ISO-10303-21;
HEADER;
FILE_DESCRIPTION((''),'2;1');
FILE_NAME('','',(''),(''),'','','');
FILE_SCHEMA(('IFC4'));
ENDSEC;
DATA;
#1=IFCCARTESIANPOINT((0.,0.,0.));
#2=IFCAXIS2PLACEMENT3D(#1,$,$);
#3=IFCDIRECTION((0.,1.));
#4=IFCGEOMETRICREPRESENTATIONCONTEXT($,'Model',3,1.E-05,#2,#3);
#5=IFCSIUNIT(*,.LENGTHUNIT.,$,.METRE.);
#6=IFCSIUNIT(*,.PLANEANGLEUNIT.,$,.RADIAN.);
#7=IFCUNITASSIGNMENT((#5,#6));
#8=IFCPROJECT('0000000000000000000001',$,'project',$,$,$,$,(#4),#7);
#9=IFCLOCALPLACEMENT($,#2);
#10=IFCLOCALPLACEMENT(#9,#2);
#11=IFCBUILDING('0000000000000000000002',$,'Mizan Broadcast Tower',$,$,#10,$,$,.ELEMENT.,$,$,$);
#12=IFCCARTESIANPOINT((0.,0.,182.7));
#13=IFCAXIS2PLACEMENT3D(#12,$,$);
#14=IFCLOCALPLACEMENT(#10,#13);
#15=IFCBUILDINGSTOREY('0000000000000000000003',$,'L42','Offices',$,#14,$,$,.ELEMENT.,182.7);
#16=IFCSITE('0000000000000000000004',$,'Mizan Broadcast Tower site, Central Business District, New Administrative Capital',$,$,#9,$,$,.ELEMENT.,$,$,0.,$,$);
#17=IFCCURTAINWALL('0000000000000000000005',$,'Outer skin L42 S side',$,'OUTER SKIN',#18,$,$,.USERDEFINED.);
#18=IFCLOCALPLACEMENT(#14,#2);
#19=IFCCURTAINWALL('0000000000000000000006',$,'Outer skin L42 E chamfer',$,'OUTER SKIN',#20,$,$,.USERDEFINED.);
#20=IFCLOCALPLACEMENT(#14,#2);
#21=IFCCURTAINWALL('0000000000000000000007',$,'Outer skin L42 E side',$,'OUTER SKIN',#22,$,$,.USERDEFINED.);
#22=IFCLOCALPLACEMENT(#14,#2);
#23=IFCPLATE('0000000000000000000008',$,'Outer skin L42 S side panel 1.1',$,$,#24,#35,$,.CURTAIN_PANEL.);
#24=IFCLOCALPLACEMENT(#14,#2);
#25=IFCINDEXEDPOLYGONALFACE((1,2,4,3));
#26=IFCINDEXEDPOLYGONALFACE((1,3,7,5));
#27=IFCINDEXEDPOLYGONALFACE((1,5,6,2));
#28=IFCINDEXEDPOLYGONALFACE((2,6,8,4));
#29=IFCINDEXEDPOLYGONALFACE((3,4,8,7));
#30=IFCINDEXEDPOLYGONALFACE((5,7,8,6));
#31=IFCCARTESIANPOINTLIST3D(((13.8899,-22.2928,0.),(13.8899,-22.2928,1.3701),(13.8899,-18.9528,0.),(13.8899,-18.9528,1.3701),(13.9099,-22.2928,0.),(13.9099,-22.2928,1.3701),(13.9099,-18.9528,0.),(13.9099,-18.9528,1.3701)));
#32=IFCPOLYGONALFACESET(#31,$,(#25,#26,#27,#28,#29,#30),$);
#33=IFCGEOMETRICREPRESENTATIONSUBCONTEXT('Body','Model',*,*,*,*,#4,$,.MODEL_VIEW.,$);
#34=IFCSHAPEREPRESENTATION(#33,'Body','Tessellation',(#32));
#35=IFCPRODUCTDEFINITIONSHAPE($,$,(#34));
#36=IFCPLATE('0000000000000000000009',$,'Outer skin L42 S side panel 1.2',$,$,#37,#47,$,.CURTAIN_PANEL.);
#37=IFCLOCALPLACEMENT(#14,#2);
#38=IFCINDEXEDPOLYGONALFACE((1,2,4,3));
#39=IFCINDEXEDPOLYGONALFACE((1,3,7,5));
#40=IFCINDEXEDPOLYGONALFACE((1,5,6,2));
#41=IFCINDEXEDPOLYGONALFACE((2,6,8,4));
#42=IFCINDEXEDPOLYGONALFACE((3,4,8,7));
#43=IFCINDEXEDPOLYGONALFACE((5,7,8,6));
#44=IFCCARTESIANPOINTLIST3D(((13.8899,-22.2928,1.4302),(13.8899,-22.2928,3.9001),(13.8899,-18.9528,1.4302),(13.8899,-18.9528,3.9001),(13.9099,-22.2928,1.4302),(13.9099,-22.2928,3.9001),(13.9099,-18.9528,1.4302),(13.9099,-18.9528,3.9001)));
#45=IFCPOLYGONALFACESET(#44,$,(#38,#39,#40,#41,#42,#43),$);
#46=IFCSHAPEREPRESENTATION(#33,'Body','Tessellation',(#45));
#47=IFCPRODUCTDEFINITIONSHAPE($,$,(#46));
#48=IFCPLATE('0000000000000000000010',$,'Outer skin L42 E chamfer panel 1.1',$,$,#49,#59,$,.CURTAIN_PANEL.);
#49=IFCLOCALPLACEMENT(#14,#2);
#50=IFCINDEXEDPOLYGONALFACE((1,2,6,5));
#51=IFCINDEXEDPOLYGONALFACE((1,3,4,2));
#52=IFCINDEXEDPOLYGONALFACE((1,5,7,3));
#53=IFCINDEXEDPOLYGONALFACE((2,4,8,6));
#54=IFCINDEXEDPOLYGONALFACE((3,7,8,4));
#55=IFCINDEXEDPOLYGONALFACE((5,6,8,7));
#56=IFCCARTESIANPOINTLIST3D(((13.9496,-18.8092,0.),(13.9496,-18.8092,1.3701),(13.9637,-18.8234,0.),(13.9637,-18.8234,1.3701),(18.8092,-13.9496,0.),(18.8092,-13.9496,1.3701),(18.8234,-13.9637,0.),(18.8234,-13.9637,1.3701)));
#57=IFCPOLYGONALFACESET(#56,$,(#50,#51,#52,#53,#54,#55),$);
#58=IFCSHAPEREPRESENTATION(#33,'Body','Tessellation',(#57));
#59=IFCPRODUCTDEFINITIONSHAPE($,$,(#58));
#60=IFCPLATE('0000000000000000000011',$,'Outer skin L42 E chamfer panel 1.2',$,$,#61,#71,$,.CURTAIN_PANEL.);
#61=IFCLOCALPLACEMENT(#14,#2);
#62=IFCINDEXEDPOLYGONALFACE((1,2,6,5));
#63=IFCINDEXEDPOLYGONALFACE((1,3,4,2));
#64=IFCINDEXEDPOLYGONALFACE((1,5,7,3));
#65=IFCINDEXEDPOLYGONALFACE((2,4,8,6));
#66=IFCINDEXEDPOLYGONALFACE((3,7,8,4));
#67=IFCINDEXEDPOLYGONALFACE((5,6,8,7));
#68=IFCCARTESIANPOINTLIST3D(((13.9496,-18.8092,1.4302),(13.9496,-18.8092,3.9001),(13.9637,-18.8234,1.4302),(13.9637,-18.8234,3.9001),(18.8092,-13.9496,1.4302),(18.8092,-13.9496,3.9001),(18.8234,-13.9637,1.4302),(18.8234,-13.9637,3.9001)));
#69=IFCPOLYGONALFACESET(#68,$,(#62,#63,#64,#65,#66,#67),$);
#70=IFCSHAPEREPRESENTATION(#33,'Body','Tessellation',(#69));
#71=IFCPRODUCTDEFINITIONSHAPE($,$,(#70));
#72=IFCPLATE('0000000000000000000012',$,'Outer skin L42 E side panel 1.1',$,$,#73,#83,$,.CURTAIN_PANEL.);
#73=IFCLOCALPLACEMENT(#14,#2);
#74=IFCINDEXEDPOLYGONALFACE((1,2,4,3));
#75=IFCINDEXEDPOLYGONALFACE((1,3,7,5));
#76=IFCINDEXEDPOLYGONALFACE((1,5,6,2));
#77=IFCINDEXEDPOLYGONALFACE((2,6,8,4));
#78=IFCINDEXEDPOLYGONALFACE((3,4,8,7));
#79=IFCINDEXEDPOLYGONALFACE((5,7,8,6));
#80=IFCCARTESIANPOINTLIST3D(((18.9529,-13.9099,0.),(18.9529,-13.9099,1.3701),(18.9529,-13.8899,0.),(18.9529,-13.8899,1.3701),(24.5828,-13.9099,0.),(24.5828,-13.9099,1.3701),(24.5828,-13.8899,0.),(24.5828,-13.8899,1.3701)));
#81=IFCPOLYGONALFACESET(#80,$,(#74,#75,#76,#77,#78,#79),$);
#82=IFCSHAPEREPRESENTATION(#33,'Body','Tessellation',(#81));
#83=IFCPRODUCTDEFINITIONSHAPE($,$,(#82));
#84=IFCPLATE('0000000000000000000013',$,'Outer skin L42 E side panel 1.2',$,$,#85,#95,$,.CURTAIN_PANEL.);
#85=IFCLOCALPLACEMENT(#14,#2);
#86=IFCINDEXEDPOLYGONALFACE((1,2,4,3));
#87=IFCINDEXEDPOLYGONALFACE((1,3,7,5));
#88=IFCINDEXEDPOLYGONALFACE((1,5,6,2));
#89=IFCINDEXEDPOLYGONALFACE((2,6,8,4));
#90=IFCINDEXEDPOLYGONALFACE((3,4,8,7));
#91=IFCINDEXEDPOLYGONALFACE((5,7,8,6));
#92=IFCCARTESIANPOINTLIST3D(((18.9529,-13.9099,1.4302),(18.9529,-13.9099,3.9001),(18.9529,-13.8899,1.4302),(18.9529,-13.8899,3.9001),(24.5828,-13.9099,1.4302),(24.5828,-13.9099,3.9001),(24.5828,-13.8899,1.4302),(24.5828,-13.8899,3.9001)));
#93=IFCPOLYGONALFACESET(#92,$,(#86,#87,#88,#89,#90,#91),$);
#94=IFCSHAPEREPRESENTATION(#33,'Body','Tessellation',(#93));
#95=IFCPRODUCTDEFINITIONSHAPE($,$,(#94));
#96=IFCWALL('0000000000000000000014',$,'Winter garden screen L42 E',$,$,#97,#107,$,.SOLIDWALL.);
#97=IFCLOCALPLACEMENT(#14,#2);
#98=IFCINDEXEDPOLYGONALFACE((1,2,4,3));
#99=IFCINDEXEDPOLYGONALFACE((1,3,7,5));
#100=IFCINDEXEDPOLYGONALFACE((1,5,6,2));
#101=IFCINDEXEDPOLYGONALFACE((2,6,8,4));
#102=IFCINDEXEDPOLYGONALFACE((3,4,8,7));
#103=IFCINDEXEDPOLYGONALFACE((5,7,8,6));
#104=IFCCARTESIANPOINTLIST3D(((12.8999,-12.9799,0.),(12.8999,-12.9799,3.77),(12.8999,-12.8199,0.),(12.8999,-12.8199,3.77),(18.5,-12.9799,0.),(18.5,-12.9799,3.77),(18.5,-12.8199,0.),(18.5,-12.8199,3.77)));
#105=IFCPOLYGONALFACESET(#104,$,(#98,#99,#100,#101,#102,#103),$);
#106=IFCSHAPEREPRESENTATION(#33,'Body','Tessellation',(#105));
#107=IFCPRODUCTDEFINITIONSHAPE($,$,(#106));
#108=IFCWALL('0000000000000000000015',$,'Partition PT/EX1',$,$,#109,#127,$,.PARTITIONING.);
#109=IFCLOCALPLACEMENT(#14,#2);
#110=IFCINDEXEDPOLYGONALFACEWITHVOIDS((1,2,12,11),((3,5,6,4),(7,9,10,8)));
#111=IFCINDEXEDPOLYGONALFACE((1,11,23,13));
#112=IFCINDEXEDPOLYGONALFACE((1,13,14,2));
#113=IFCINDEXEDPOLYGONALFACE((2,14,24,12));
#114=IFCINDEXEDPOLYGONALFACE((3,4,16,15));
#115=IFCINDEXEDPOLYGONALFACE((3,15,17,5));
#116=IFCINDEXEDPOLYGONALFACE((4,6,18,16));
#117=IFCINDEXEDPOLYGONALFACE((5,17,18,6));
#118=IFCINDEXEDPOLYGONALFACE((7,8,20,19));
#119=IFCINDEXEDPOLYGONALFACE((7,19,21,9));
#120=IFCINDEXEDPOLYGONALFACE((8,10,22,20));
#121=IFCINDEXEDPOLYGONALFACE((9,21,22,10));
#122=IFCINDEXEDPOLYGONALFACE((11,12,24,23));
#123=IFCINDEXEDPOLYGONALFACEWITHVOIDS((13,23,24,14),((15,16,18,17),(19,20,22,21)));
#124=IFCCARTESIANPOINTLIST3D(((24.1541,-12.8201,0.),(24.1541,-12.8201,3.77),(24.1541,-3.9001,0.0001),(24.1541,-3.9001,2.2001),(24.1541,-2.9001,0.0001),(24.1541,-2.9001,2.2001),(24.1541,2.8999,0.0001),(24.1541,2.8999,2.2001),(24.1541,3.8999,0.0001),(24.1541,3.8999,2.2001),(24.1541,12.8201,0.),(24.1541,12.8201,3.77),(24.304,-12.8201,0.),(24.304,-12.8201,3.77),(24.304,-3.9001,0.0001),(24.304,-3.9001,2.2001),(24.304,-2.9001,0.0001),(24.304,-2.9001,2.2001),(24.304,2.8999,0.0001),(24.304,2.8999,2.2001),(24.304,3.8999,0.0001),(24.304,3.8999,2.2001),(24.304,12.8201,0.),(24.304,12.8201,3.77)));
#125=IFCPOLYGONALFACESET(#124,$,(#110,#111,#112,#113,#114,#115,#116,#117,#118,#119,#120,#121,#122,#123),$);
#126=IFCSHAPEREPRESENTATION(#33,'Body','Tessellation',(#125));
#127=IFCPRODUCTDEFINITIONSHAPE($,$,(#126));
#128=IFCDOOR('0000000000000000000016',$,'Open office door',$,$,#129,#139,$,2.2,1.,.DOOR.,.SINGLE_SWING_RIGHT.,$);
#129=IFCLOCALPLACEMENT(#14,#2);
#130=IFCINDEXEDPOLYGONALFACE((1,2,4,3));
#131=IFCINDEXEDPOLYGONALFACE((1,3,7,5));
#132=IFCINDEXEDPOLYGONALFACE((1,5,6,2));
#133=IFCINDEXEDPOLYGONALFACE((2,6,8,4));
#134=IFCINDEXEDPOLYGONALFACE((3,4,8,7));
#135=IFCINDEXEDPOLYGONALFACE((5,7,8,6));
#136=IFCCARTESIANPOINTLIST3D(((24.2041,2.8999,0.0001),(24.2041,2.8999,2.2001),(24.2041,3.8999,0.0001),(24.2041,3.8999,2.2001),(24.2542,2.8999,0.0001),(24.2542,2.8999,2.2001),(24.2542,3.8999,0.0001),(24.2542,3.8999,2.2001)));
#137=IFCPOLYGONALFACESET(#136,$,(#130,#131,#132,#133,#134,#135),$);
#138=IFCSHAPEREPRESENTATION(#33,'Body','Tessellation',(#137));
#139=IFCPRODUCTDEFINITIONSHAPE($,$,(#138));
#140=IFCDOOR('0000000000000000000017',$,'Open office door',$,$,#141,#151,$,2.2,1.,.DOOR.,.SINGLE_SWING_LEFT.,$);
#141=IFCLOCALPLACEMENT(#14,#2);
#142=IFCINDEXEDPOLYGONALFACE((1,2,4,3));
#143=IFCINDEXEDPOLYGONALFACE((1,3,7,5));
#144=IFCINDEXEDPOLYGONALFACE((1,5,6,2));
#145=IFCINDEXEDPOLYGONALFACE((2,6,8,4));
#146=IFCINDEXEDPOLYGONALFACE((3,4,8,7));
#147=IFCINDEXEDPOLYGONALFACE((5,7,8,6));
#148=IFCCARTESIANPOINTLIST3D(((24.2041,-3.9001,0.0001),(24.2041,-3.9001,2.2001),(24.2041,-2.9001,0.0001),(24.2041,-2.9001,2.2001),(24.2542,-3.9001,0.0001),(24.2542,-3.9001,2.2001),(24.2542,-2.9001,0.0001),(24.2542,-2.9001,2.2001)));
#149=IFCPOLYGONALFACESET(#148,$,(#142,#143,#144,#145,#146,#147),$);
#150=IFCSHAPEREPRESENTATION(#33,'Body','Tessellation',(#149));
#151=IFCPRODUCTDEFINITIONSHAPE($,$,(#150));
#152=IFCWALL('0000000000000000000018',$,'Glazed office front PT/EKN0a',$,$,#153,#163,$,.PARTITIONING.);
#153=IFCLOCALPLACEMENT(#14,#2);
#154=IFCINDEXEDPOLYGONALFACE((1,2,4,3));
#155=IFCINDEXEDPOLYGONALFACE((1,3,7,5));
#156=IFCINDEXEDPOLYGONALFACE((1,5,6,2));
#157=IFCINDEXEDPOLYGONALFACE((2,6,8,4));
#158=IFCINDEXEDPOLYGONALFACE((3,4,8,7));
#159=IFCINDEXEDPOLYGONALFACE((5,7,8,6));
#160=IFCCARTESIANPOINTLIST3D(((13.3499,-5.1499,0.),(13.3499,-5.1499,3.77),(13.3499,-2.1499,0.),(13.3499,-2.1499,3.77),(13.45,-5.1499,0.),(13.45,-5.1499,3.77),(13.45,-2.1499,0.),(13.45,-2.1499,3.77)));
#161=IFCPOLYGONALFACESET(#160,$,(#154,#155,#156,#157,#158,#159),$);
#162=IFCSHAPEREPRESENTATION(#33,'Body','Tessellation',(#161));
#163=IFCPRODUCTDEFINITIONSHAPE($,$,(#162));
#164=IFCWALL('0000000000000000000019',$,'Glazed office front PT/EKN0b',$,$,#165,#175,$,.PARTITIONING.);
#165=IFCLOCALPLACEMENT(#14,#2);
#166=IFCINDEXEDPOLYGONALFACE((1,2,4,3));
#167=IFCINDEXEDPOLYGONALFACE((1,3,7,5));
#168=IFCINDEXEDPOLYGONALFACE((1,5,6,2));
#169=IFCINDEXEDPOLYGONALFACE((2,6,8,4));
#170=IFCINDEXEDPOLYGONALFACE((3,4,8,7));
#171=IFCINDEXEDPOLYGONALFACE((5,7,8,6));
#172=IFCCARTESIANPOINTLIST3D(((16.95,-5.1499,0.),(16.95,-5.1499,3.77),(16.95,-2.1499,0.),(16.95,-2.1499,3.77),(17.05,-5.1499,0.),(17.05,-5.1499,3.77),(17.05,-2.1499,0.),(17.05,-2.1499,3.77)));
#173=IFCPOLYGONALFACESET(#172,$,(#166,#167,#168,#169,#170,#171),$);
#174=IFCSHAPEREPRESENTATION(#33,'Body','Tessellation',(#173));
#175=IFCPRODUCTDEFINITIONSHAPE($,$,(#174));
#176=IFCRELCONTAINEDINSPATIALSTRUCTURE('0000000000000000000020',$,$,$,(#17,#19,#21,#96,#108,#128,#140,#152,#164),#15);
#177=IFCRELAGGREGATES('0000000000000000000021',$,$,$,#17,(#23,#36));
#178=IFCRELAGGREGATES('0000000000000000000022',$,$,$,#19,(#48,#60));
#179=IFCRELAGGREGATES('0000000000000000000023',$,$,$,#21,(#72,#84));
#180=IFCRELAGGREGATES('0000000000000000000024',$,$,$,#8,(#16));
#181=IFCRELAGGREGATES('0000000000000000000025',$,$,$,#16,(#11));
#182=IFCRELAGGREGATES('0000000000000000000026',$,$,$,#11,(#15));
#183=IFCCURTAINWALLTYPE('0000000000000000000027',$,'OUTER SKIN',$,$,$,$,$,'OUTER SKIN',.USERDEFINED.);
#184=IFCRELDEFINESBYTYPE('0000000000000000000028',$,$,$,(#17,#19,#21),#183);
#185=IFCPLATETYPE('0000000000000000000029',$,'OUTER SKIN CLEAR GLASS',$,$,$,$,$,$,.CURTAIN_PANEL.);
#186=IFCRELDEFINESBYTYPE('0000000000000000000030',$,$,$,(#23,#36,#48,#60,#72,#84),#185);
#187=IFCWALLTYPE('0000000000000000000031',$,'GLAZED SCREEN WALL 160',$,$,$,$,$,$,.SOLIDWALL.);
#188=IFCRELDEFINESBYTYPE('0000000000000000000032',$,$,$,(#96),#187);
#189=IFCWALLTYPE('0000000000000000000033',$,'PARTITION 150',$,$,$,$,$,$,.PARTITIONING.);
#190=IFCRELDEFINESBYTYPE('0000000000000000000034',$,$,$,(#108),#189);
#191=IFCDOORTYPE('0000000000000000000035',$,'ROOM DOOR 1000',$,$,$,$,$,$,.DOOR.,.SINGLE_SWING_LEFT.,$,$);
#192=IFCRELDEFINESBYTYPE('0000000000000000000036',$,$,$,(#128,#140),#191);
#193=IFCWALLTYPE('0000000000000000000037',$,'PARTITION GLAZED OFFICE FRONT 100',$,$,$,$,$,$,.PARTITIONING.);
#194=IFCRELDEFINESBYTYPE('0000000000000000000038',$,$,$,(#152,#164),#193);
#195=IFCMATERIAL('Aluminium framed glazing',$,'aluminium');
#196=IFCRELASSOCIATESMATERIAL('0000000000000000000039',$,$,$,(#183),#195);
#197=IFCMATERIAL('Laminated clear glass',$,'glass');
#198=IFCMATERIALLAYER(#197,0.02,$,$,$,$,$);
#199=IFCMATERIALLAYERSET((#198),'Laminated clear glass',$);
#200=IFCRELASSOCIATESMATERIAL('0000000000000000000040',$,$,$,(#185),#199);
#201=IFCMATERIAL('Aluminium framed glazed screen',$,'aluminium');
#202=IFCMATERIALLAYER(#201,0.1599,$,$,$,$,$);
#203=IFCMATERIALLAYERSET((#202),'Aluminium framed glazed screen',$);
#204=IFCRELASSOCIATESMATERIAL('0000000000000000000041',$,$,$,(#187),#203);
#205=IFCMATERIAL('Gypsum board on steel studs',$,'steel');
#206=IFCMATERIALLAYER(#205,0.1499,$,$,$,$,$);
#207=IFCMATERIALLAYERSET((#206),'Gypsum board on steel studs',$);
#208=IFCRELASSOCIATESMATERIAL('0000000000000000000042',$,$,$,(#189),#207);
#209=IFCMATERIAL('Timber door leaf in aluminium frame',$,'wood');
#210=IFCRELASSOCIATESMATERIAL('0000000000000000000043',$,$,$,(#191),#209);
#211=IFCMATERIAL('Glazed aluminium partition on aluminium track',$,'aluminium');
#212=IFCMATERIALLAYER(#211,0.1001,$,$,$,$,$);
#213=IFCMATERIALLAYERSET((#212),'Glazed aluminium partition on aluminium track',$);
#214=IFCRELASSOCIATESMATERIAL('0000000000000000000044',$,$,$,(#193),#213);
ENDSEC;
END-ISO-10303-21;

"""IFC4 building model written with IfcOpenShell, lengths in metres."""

from ifc_helpers import new_model, si_unit, direction, frame, frame_2d, origin, origin_2d, place, context, subcontext, project, spatial, rectangle, extrude, material, layer, layer_set, type_object, element, fill, aggregate, save


model = new_model("IFC4")

# Units and contexts
model_context = context("Model", 3, precision=1e-05, world=origin(), true_north=direction((0.0, 1.0)))
body_context = subcontext(model_context, "Body", "Model", "MODEL_VIEW")
ifc_project = project(units=[si_unit("LENGTHUNIT", "METRE"), si_unit("PLANEANGLEUNIT", "RADIAN")], contexts=[model_context])

# Site, building, storey
site_placement = place(None, origin())
site = spatial("IfcSite", under=ifc_project, at=site_placement, Name="Mizan Broadcast Tower site, Central Business District, New Administrative Capital", CompositionType="ELEMENT", RefElevation=0.0)
building_placement = place(site_placement, origin())
building = spatial("IfcBuilding", under=site, at=building_placement, Name="Mizan Broadcast Tower", CompositionType="ELEMENT")
storey_placement = place(building_placement, frame((0.0, 0.0, 182.7)))
storey = spatial("IfcBuildingStorey", under=building, at=storey_placement, Name="L42", Description="Offices", CompositionType="ELEMENT", Elevation=182.7)

# Curtain walls
ifc_material_1 = material(Name="Aluminium framed glazing", Category="aluminium")
curtain_wall_type_1 = type_object("IfcCurtainWallType", Name="OUTER SKIN", ElementType="OUTER SKIN", PredefinedType="USERDEFINED", material=ifc_material_1)
curtain_wall_1_placement = place(storey_placement, origin())
curtain_wall_1 = element("IfcCurtainWall", 1, at=curtain_wall_1_placement, inside=storey, type_object=curtain_wall_type_1, Name="Outer skin L42 S side", ObjectType="OUTER SKIN", PredefinedType="USERDEFINED")
curtain_wall_2_placement = place(storey_placement, origin())
curtain_wall_2 = element("IfcCurtainWall", 2, at=curtain_wall_2_placement, inside=storey, type_object=curtain_wall_type_1, Name="Outer skin L42 E chamfer", ObjectType="OUTER SKIN", PredefinedType="USERDEFINED")
curtain_wall_3_placement = place(storey_placement, origin())
curtain_wall_3 = element("IfcCurtainWall", 3, at=curtain_wall_3_placement, inside=storey, type_object=curtain_wall_type_1, Name="Outer skin L42 E side", ObjectType="OUTER SKIN", PredefinedType="USERDEFINED")

# Plates
ifc_material_2 = material(Name="Laminated clear glass", Category="glass")
ifc_layer_1 = layer(ifc_material_2, 0.02)
ifc_layer_set_1 = layer_set([ifc_layer_1], Name="Laminated clear glass")
plate_type_1 = type_object("IfcPlateType", Name="OUTER SKIN CLEAR GLASS", PredefinedType="CURTAIN_PANEL", material=ifc_layer_set_1)
plate_1_placement = place(storey_placement, frame((13.8999, -20.6228, 0.0), z_axis=(0.0, 0.0, 1.0), x_axis=(0.0, 1.0, 0.0)))
plate_1 = element("IfcPlate", 4, at=plate_1_placement, type_object=plate_type_1, Name="Outer skin L42 S side panel 1.1", PredefinedType="CURTAIN_PANEL", context=body_context, shape_type="SweptSolid", body=[
    extrude(rectangle(XDim=3.3401, YDim=0.02, at=origin_2d()), origin(), (0.0, 0.0, 1.0), 1.3701),
])
plate_2_placement = place(storey_placement, frame((13.8999, -20.6228, 1.4302), z_axis=(0.0, 0.0, 1.0), x_axis=(0.0, 1.0, 0.0)))
plate_2 = element("IfcPlate", 5, at=plate_2_placement, type_object=plate_type_1, Name="Outer skin L42 S side panel 1.2", PredefinedType="CURTAIN_PANEL", context=body_context, shape_type="SweptSolid", body=[
    extrude(rectangle(XDim=3.3401, YDim=0.02, at=origin_2d()), origin(), (0.0, 0.0, 1.0), 2.47),
])
aggregate(curtain_wall_1, [plate_1, plate_2])
plate_3_placement = place(storey_placement, frame((16.3865, -16.3865, 0.0), z_axis=(0.0, 0.0, 1.0), x_axis=(0.707107, 0.707107, 0.0)))
plate_3 = element("IfcPlate", 6, at=plate_3_placement, type_object=plate_type_1, Name="Outer skin L42 E chamfer panel 1.1", PredefinedType="CURTAIN_PANEL", context=body_context, shape_type="SweptSolid", body=[
    extrude(rectangle(XDim=6.8726, YDim=0.02, at=origin_2d()), origin(), (0.0, 0.0, 1.0), 1.3701),
])
plate_4_placement = place(storey_placement, frame((16.3865, -16.3865, 1.4302), z_axis=(0.0, 0.0, 1.0), x_axis=(0.707107, 0.707107, 0.0)))
plate_4 = element("IfcPlate", 7, at=plate_4_placement, type_object=plate_type_1, Name="Outer skin L42 E chamfer panel 1.2", PredefinedType="CURTAIN_PANEL", context=body_context, shape_type="SweptSolid", body=[
    extrude(rectangle(XDim=6.8726, YDim=0.02, at=origin_2d()), origin(), (0.0, 0.0, 1.0), 2.47),
])
aggregate(curtain_wall_2, [plate_3, plate_4])
plate_5_placement = place(storey_placement, frame((21.7678, -13.8999, 0.0), z_axis=(0.0, 0.0, 1.0), x_axis=(1.0, 0.0, 0.0)))
plate_5 = element("IfcPlate", 8, at=plate_5_placement, type_object=plate_type_1, Name="Outer skin L42 E side panel 1.1", PredefinedType="CURTAIN_PANEL", context=body_context, shape_type="SweptSolid", body=[
    extrude(rectangle(XDim=5.6299, YDim=0.02, at=origin_2d()), origin(), (0.0, 0.0, 1.0), 1.3701),
])
plate_6_placement = place(storey_placement, frame((21.7678, -13.8999, 1.4302), z_axis=(0.0, 0.0, 1.0), x_axis=(1.0, 0.0, 0.0)))
plate_6 = element("IfcPlate", 9, at=plate_6_placement, type_object=plate_type_1, Name="Outer skin L42 E side panel 1.2", PredefinedType="CURTAIN_PANEL", context=body_context, shape_type="SweptSolid", body=[
    extrude(rectangle(XDim=5.6299, YDim=0.02, at=origin_2d()), origin(), (0.0, 0.0, 1.0), 2.47),
])
aggregate(curtain_wall_3, [plate_5, plate_6])

# Wall
ifc_material_3 = material(Name="Aluminium framed glazed screen", Category="aluminium")
ifc_layer_2 = layer(ifc_material_3, 0.1599)
ifc_layer_set_2 = layer_set([ifc_layer_2], Name="Aluminium framed glazed screen")
wall_type_1 = type_object("IfcWallType", Name="GLAZED SCREEN WALL 160", PredefinedType="SOLIDWALL", material=ifc_layer_set_2)
wall_1_placement = place(storey_placement, frame((12.8999, -12.8999, 0.0), z_axis=(0.0, 0.0, 1.0), x_axis=(1.0, 0.0, 0.0)))
element("IfcWall", 10, at=wall_1_placement, inside=storey, type_object=wall_type_1, Name="Winter garden screen L42 E", PredefinedType="SOLIDWALL", context=body_context, shape_type="SweptSolid", body=[
    extrude(rectangle(XDim=5.6001, YDim=0.1599, at=frame_2d((2.8, 0.0))), origin(), (0.0, 0.0, 1.0), 3.77),
])

# Wall, openings, doors
ifc_material_4 = material(Name="Gypsum board on steel studs", Category="steel")
ifc_layer_3 = layer(ifc_material_4, 0.1499)
ifc_layer_set_3 = layer_set([ifc_layer_3], Name="Gypsum board on steel studs")
wall_type_2 = type_object("IfcWallType", Name="PARTITION 150", PredefinedType="PARTITIONING", material=ifc_layer_set_3)
wall_2_placement = place(storey_placement, frame((24.229, -12.8201, 0.0), z_axis=(0.0, 0.0, 1.0), x_axis=(0.0, 1.0, 0.0)))
wall_2 = element("IfcWall", 11, at=wall_2_placement, inside=storey, type_object=wall_type_2, Name="Partition PT/EX1", PredefinedType="PARTITIONING", context=body_context, shape_type="SweptSolid", body=[
    extrude(rectangle(XDim=25.6401, YDim=0.1499, at=frame_2d((12.8201, 0.0))), origin(), (0.0, 0.0, 1.0), 3.77),
])
opening_1_placement = place(wall_2_placement, frame((15.72, 0.0, 0.0)))
opening_1 = element("IfcOpeningElement", 12, at=opening_1_placement, cuts=wall_2, PredefinedType="OPENING", context=body_context, shape_type="SweptSolid", body=[
    extrude(rectangle(XDim=1.0, YDim=2.2, at=frame_2d((0.5, 1.1001))), frame((0.0, 0.085, 0.0), z_axis=(0.0, -1.0, 0.0), x_axis=(1.0, 0.0, 0.0)), (0.0, 0.0, 1.0), 0.1699),
])
opening_2_placement = place(wall_2_placement, frame((8.9199, 0.0, 0.0)))
opening_2 = element("IfcOpeningElement", 13, at=opening_2_placement, cuts=wall_2, PredefinedType="OPENING", context=body_context, shape_type="SweptSolid", body=[
    extrude(rectangle(XDim=1.0, YDim=2.2, at=frame_2d((0.5, 1.1001))), frame((0.0, 0.085, 0.0), z_axis=(0.0, -1.0, 0.0), x_axis=(1.0, 0.0, 0.0)), (0.0, 0.0, 1.0), 0.1699),
])
ifc_material_5 = material(Name="Timber door leaf in aluminium frame", Category="wood")
door_type_1 = type_object("IfcDoorType", Name="ROOM DOOR 1000", OperationType="SINGLE_SWING_LEFT", PredefinedType="DOOR", material=ifc_material_5)
door_1_placement = place(opening_1_placement, origin())
door_1 = element("IfcDoor", 14, at=door_1_placement, inside=storey, type_object=door_type_1, Name="Open office door", OperationType="SINGLE_SWING_RIGHT", OverallHeight=2.2, OverallWidth=1.0, PredefinedType="DOOR", context=body_context, shape_type="SweptSolid", body=[
    extrude(rectangle(XDim=1.0, YDim=2.2, at=frame_2d((0.5, 1.1001))), frame((0.0, 0.0249, 0.0), z_axis=(0.0, -1.0, 0.0), x_axis=(1.0, 0.0, 0.0)), (0.0, 0.0, 1.0), 0.05),
])
fill(opening_1, door_1)
door_2_placement = place(opening_2_placement, origin())
door_2 = element("IfcDoor", 15, at=door_2_placement, inside=storey, type_object=door_type_1, Name="Open office door", OperationType="SINGLE_SWING_LEFT", OverallHeight=2.2, OverallWidth=1.0, PredefinedType="DOOR", context=body_context, shape_type="SweptSolid", body=[
    extrude(rectangle(XDim=1.0, YDim=2.2, at=frame_2d((0.5, 1.1001))), frame((0.0, 0.0249, 0.0), z_axis=(0.0, -1.0, 0.0), x_axis=(1.0, 0.0, 0.0)), (0.0, 0.0, 1.0), 0.05),
])
fill(opening_2, door_2)

# Walls
ifc_material_6 = material(Name="Glazed aluminium partition on aluminium track", Category="aluminium")
ifc_layer_4 = layer(ifc_material_6, 0.1001)
ifc_layer_set_4 = layer_set([ifc_layer_4], Name="Glazed aluminium partition on aluminium track")
wall_type_3 = type_object("IfcWallType", Name="PARTITION GLAZED OFFICE FRONT 100", PredefinedType="PARTITIONING", material=ifc_layer_set_4)
for number, where, z_axis, x_axis, name in (
    (16, (13.3999, -2.1499, 0.0), (0.0, 0.0, 1.0), (0.0, -1.0, 0.0), "Glazed office front PT/EKN0a"),
    (17, (17.0, -2.1499, 0.0), (0.0, 0.0, 1.0), (0.0, -1.0, 0.0), "Glazed office front PT/EKN0b"),
):
    element("IfcWall", number, at=place(storey_placement, frame(where, z_axis=z_axis, x_axis=x_axis)), inside=storey, type_object=wall_type_3, Name=name, PredefinedType="PARTITIONING", context=body_context, shape_type="SweptSolid", body=[
        extrude(rectangle(XDim=3.0, YDim=0.1001, at=frame_2d((1.5, 0.0))), origin(), (0.0, 0.0, 1.0), 3.77),
    ])

save(model, "model.ifc")
